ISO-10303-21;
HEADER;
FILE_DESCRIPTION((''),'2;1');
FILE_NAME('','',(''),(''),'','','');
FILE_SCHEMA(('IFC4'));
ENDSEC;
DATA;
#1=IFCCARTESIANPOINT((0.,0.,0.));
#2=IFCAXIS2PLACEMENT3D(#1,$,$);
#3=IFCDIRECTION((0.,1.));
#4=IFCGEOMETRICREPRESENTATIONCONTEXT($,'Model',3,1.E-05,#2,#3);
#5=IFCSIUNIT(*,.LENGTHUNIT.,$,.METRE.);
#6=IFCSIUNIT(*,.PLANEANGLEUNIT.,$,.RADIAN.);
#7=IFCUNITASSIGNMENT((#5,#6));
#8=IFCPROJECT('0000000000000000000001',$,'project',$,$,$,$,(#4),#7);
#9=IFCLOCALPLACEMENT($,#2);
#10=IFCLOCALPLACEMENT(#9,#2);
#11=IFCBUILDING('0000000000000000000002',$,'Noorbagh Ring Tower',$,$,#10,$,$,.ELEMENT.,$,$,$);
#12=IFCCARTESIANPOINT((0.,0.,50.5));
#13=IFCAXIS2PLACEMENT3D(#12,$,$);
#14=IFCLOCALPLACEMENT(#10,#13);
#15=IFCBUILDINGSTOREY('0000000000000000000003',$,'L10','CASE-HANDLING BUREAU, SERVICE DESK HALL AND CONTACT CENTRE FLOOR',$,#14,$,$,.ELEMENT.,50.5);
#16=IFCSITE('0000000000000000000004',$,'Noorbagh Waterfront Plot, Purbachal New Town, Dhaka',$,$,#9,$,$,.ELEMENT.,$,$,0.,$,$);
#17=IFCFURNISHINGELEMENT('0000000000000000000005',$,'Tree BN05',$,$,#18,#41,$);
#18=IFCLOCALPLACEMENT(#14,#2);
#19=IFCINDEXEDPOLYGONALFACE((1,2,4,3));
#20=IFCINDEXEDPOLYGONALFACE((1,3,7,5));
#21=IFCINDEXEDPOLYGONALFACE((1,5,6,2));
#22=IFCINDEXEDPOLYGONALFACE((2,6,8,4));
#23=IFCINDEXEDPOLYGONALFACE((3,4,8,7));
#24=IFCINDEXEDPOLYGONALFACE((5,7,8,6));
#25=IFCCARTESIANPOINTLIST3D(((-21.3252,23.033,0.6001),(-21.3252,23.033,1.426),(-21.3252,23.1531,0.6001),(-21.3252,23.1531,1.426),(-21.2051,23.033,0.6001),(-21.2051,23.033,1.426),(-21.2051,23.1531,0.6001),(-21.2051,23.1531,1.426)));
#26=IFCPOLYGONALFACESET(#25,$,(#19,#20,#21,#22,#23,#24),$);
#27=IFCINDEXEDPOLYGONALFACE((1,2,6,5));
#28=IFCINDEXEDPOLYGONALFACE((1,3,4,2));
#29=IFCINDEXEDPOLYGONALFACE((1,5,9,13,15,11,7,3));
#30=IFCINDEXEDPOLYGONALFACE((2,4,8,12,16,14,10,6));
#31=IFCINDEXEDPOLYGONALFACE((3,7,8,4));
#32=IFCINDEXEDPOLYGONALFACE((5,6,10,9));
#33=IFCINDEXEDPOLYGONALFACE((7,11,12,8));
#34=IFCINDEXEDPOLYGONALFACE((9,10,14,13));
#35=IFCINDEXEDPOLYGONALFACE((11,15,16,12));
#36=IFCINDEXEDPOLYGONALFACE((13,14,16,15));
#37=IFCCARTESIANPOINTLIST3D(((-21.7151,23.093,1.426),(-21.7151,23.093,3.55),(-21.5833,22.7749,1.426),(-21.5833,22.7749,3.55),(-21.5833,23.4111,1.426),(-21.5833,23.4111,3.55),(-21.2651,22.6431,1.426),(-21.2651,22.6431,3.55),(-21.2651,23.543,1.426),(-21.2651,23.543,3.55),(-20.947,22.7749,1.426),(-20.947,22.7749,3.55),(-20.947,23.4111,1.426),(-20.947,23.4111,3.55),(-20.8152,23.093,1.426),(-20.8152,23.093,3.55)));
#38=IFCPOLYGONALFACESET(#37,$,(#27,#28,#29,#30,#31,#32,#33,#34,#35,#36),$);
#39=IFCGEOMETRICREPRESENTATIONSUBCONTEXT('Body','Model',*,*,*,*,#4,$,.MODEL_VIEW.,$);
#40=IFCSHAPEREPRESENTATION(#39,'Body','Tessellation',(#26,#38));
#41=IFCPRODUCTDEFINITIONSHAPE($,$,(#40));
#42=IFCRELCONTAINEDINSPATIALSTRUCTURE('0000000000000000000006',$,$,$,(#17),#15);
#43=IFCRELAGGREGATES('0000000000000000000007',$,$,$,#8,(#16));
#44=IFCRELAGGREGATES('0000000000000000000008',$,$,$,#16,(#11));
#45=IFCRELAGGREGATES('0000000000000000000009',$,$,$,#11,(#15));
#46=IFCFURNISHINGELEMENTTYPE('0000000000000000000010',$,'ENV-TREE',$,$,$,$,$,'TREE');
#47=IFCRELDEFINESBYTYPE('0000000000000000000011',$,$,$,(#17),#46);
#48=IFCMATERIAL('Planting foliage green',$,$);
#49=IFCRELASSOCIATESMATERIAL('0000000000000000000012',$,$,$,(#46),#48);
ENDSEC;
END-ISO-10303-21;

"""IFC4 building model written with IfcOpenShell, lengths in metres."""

from ifc_helpers import new_model, si_unit, direction, frame, origin, origin_2d, place, context, subcontext, project, spatial, polyline, rectangle, outline, extrude, material, type_object, element, save


model = new_model("IFC4")

# Units and contexts
model_context = context("Model", 3, precision=1e-05, world=origin(), true_north=direction((0.0, 1.0)))
body_context = subcontext(model_context, "Body", "Model", "MODEL_VIEW")
ifc_project = project(units=[si_unit("LENGTHUNIT", "METRE"), si_unit("PLANEANGLEUNIT", "RADIAN")], contexts=[model_context])

# Site, building, storey
site_placement = place(None, origin())
site = spatial("IfcSite", under=ifc_project, at=site_placement, Name="Noorbagh Waterfront Plot, Purbachal New Town, Dhaka", CompositionType="ELEMENT", RefElevation=0.0)
building_placement = place(site_placement, origin())
building = spatial("IfcBuilding", under=site, at=building_placement, Name="Noorbagh Ring Tower", CompositionType="ELEMENT")
storey_placement = place(building_placement, frame((0.0, 0.0, 50.5)))
storey = spatial("IfcBuildingStorey", under=building, at=storey_placement, Name="L10", Description="CASE-HANDLING BUREAU, SERVICE DESK HALL AND CONTACT CENTRE FLOOR", CompositionType="ELEMENT", Elevation=50.5)

# Furnishing element
ifc_material_1 = material(Name="Planting foliage green")
furnishing_element_type = type_object("IfcFurnishingElementType", Name="ENV-TREE", ElementType="TREE", material=ifc_material_1)
furnishing_placement = place(storey_placement, frame((-21.2651, 23.093, 0.6001), z_axis=(0.0, 0.0, 1.0), x_axis=(1.0, 0.0, 0.0)))
element("IfcFurnishingElement", 1, at=furnishing_placement, inside=storey, type_object=furnishing_element_type, Name="Tree BN05", context=body_context, shape_type="SweptSolid", body=[
    extrude(rectangle(XDim=0.1201, YDim=0.1201, at=origin_2d()), origin(), (0.0, 0.0, 1.0), 0.8259),
    extrude(outline(polyline([(0.45, 0.0), (0.3181, 0.3181), (0.0, 0.45), (-0.3181, 0.3181), (-0.45, 0.0), (-0.3181, -0.3181), (0.0, -0.45), (0.3181, -0.3181), (0.45, 0.0)])), frame((0.0, 0.0, 0.8259)), (0.0, 0.0, 1.0), 2.124),
])

save(model, "model.ifc")
